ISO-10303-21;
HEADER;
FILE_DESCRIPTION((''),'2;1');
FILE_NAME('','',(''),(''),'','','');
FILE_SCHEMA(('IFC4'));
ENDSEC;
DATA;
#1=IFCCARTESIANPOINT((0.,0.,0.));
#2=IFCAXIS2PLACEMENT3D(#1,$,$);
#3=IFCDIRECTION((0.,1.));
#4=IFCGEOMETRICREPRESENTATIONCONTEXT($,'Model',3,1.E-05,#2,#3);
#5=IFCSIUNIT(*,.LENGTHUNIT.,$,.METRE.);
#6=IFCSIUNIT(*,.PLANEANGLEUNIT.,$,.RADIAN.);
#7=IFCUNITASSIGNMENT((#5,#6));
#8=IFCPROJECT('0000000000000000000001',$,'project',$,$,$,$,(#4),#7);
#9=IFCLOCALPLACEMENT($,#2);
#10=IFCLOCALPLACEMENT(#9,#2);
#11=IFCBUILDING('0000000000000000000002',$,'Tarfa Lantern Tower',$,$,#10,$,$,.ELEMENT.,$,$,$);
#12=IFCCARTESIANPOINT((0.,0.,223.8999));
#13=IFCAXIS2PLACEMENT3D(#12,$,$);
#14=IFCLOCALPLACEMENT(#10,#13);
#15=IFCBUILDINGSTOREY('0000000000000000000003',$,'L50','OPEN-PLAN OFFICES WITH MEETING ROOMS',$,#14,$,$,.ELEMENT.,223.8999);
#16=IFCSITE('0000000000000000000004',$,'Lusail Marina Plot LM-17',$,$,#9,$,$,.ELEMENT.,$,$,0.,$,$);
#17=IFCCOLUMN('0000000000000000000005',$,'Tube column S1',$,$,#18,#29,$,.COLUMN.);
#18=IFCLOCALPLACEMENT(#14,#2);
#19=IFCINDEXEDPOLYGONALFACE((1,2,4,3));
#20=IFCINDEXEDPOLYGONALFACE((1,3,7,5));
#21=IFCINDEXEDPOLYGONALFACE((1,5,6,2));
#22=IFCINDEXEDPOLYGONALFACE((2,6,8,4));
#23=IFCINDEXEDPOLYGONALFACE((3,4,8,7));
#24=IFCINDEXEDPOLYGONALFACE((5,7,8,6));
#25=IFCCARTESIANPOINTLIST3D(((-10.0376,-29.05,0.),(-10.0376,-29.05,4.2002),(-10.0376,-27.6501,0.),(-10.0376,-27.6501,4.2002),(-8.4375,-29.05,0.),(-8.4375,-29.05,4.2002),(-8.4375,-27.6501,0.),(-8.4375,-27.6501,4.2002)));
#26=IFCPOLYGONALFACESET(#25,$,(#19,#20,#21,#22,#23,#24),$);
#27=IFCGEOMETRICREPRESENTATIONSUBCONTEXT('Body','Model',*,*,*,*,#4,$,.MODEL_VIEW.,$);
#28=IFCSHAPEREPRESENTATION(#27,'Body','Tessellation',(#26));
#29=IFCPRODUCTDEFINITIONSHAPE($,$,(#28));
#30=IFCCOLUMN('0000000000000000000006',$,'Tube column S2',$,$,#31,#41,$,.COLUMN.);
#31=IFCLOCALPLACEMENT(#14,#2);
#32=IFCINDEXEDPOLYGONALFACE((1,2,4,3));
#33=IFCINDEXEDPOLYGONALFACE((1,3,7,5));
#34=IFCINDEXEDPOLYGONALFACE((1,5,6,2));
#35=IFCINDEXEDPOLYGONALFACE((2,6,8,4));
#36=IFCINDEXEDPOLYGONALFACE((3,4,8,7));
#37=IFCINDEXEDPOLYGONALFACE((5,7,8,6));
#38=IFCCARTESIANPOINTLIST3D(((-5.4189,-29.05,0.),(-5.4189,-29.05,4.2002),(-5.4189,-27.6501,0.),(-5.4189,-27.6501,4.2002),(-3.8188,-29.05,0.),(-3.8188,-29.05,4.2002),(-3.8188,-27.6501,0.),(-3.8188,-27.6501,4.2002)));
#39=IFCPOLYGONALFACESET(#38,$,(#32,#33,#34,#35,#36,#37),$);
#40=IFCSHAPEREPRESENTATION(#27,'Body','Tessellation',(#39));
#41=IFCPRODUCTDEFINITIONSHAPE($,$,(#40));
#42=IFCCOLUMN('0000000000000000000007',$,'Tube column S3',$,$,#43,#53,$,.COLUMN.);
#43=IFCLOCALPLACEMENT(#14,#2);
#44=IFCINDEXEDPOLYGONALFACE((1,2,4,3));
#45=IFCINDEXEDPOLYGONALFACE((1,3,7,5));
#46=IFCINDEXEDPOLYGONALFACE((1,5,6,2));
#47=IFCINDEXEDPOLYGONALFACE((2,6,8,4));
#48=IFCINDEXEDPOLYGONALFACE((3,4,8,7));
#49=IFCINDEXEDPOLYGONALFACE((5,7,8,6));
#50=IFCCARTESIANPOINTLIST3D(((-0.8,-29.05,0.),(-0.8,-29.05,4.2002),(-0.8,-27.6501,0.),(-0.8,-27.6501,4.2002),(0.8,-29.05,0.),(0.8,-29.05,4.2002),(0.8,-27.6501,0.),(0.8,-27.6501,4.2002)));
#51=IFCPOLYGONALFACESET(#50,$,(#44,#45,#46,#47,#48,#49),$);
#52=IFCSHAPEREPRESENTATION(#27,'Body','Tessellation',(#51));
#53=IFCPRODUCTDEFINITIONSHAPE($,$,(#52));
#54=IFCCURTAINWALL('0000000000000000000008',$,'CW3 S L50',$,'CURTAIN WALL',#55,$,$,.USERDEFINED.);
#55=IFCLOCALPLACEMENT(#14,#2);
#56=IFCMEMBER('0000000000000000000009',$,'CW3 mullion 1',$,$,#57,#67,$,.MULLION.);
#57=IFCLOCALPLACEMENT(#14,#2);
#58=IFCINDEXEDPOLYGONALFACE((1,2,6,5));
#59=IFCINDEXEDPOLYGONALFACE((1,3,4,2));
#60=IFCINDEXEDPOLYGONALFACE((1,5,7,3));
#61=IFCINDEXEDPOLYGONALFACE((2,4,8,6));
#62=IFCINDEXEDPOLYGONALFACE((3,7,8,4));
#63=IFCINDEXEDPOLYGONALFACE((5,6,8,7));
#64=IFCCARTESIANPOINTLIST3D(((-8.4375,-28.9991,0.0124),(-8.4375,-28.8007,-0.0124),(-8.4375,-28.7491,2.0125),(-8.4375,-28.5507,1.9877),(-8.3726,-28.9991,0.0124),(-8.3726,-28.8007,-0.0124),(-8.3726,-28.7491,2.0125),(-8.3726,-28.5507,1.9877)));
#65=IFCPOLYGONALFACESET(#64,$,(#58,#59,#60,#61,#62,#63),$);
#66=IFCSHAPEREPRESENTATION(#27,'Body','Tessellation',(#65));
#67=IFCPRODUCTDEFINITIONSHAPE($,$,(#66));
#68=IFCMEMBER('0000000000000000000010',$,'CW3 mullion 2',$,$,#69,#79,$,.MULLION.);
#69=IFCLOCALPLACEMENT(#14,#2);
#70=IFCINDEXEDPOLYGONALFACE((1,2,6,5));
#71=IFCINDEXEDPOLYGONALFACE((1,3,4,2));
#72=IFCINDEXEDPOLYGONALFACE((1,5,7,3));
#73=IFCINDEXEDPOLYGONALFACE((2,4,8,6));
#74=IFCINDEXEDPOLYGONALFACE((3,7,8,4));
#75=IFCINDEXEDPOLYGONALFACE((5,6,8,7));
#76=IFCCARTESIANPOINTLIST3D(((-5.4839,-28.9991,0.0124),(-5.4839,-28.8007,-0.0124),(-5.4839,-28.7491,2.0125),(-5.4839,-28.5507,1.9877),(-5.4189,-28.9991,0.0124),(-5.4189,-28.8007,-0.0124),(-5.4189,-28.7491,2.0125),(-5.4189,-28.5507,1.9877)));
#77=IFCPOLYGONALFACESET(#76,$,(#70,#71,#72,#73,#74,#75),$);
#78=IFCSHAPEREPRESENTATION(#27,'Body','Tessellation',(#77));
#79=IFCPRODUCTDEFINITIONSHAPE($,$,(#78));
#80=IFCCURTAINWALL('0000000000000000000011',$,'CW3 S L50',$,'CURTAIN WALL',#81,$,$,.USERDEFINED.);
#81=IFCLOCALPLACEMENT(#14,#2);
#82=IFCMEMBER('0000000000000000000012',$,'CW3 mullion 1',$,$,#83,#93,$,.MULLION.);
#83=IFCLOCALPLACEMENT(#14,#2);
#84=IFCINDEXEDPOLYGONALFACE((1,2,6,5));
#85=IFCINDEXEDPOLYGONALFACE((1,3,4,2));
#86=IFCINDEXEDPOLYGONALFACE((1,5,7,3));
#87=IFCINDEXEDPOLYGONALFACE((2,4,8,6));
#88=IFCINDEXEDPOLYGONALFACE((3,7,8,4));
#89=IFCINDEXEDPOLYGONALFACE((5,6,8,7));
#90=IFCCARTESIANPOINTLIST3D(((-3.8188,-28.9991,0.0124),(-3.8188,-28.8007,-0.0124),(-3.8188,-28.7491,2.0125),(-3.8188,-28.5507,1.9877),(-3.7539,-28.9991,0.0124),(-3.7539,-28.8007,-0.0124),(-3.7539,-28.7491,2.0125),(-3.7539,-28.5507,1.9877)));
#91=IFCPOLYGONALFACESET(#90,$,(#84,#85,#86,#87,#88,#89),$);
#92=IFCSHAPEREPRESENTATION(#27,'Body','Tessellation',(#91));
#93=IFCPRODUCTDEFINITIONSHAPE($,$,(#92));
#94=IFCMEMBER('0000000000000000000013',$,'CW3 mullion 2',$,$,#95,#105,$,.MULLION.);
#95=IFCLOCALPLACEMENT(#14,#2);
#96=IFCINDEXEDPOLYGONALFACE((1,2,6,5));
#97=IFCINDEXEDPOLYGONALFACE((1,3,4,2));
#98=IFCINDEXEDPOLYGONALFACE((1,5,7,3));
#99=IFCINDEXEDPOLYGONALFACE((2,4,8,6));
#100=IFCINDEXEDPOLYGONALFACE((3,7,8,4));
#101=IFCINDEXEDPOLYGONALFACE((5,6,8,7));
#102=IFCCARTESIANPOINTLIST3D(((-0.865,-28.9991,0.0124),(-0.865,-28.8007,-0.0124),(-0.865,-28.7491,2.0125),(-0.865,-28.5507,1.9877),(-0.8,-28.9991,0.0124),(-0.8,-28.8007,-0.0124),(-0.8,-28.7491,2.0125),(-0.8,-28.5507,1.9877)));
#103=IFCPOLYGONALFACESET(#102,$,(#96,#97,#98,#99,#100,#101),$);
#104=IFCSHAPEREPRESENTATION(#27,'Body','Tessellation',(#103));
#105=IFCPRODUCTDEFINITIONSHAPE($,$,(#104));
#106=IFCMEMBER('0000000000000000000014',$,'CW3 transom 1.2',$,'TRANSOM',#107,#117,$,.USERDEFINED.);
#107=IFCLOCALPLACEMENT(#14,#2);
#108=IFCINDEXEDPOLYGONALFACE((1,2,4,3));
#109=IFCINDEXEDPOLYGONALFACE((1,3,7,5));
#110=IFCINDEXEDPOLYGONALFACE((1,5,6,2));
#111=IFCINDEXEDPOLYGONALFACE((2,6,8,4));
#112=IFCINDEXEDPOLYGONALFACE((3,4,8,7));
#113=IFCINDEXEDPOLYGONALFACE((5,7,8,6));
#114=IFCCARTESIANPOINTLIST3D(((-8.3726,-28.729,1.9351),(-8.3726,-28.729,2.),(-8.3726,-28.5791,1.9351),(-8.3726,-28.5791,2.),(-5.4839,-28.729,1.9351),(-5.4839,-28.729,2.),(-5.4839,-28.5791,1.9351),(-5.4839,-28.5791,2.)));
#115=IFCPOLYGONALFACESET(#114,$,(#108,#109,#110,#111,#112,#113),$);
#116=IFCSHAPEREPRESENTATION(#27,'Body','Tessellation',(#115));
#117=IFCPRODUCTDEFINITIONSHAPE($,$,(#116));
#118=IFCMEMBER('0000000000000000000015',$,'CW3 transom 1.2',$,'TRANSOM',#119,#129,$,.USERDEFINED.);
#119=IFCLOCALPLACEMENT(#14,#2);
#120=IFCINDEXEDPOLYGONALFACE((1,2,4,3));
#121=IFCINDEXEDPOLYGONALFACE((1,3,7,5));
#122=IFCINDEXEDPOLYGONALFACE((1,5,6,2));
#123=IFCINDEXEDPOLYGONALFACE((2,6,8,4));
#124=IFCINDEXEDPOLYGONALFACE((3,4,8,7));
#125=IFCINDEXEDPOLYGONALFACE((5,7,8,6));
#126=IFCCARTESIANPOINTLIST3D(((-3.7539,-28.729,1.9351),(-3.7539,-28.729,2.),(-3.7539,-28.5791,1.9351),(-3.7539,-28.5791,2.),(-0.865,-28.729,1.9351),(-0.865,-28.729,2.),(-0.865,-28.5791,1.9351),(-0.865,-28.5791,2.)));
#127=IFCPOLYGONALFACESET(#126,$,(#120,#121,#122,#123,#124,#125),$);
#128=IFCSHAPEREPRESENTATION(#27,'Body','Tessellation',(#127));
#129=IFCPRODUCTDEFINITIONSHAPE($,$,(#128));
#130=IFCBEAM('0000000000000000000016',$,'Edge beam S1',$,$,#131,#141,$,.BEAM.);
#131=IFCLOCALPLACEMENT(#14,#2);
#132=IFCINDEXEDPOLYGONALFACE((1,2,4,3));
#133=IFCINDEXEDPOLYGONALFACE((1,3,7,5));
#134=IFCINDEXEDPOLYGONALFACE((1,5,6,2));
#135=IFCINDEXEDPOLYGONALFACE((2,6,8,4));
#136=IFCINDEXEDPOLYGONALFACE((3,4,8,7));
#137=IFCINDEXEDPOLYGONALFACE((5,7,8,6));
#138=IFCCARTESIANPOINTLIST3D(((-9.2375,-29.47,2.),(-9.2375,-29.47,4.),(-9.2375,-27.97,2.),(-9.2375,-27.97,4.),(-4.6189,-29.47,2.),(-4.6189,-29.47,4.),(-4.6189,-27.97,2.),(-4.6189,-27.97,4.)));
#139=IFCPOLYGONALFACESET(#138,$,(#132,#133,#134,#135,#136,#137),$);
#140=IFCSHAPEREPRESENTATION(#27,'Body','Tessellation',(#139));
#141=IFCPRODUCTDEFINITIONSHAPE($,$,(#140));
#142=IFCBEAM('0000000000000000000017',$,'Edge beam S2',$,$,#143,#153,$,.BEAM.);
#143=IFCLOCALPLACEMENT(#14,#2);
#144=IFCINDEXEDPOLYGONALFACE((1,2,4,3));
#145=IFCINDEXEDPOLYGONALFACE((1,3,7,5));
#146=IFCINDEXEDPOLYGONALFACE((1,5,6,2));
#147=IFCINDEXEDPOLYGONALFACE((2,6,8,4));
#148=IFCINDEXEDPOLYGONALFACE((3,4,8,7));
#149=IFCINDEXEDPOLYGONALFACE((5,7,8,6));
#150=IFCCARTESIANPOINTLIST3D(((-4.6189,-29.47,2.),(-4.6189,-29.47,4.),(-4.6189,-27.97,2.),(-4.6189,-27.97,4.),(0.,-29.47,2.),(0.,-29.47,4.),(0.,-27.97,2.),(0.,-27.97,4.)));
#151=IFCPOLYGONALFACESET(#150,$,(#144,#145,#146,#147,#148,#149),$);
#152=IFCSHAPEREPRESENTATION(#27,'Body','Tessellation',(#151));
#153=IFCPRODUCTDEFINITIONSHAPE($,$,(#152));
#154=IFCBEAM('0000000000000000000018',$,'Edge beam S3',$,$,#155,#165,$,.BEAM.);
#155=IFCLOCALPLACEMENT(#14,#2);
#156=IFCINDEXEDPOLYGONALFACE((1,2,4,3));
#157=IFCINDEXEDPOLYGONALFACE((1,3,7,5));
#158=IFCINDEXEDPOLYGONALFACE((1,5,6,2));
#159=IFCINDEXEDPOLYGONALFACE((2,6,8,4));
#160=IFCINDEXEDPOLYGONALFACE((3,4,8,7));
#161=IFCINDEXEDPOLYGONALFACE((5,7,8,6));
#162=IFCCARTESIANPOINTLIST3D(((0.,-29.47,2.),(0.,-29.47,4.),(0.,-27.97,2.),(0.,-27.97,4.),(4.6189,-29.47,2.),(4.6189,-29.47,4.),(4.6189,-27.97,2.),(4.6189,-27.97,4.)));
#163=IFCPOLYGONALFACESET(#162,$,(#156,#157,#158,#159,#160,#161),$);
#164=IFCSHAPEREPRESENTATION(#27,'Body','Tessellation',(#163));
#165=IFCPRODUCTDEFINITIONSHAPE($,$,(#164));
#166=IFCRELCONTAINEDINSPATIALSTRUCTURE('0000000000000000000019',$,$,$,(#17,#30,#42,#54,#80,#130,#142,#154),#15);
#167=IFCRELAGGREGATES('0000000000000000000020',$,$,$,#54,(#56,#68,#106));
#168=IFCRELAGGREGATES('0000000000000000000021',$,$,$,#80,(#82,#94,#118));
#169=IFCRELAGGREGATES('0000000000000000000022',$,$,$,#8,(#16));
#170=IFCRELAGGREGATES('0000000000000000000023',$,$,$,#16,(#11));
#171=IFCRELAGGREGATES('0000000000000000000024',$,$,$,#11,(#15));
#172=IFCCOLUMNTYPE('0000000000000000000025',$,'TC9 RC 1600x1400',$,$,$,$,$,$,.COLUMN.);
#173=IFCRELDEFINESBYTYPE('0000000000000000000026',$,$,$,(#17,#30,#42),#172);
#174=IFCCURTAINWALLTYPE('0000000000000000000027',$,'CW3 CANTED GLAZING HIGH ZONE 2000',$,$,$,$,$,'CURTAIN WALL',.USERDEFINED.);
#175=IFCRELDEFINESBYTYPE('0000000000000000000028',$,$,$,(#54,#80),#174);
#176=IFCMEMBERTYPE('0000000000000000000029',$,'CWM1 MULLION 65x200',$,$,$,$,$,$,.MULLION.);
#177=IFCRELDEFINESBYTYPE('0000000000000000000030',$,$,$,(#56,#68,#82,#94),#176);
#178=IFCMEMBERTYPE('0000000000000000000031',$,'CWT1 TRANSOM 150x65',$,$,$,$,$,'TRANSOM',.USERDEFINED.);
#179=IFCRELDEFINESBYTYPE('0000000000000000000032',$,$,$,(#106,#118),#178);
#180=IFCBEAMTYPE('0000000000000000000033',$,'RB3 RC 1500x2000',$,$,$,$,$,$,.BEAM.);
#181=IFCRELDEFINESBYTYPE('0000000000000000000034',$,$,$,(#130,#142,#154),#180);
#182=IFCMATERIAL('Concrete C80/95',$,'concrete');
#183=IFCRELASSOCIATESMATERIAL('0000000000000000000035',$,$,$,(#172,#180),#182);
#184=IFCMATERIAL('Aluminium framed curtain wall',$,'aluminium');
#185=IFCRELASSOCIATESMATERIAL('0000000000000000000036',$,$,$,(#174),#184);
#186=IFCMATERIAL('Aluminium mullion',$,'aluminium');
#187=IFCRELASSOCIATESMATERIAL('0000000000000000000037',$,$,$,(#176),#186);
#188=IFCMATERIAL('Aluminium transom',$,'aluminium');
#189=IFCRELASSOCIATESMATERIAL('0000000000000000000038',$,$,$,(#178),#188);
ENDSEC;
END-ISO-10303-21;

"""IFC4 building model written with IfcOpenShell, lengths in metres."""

from ifc_helpers import new_model, si_unit, direction, frame, origin, origin_2d, place, context, subcontext, project, spatial, rectangle, extrude, material, material_profile, profile_set, type_object, element, aggregate, save


model = new_model("IFC4")

# Units and contexts
model_context = context("Model", 3, precision=1e-05, world=origin(), true_north=direction((0.0, 1.0)))
body_context = subcontext(model_context, "Body", "Model", "MODEL_VIEW")
ifc_project = project(units=[si_unit("LENGTHUNIT", "METRE"), si_unit("PLANEANGLEUNIT", "RADIAN")], contexts=[model_context])

# Site, building, storey
site_placement = place(None, origin())
site = spatial("IfcSite", under=ifc_project, at=site_placement, Name="Lusail Marina Plot LM-17", CompositionType="ELEMENT", RefElevation=0.0)
building_placement = place(site_placement, origin())
building = spatial("IfcBuilding", under=site, at=building_placement, Name="Tarfa Lantern Tower", CompositionType="ELEMENT")
storey_placement = place(building_placement, frame((0.0, 0.0, 223.8999)))
storey = spatial("IfcBuildingStorey", under=building, at=storey_placement, Name="L50", Description="OPEN-PLAN OFFICES WITH MEETING ROOMS", CompositionType="ELEMENT", Elevation=223.8999)

# Columns
ifc_material_1 = material(Name="Concrete C80/95", Category="concrete")
ifc_material_profile_1 = material_profile(ifc_material_1, rectangle(XDim=1.6001, YDim=1.3999, at=origin_2d()), Name="RC 1600x1400")
ifc_profile_set_1 = profile_set([ifc_material_profile_1], Name="Concrete C80/95")
column_type = type_object("IfcColumnType", Name="TC9 RC 1600x1400", PredefinedType="COLUMN", material=ifc_profile_set_1)
for number, where, z_axis, x_axis, name in (
    (1, (-9.2375, -28.3501, 0.0), (0.0, 0.0, 1.0), (1.0, 0.0, 0.0), "Tube column S1"),
    (2, (-4.6189, -28.3501, 0.0), (0.0, 0.0, 1.0), (1.0, 0.0, 0.0), "Tube column S2"),
    (3, (0.0, -28.3501, 0.0), (0.0, 0.0, 1.0), (1.0, 0.0, 0.0), "Tube column S3"),
):
    element("IfcColumn", number, at=place(storey_placement, frame(where, z_axis=z_axis, x_axis=x_axis)), inside=storey, type_object=column_type, Name=name, PredefinedType="COLUMN", context=body_context, shape_type="SweptSolid", body=[
        extrude(rectangle(XDim=1.6001, YDim=1.3999, at=origin_2d()), origin(), (0.0, 0.0, 1.0), 4.2002),
    ])

# Curtain walls, members
ifc_material_2 = material(Name="Aluminium framed curtain wall", Category="aluminium")
curtain_wall_type = type_object("IfcCurtainWallType", Name="CW3 CANTED GLAZING HIGH ZONE 2000", ElementType="CURTAIN WALL", PredefinedType="USERDEFINED", material=ifc_material_2)
curtain_wall_1_placement = place(storey_placement, origin())
curtain_wall_1 = element("IfcCurtainWall", 4, at=curtain_wall_1_placement, inside=storey, type_object=curtain_wall_type, Name="CW3 S L50", ObjectType="CURTAIN WALL", PredefinedType="USERDEFINED")
ifc_material_3 = material(Name="Aluminium mullion", Category="aluminium")
ifc_material_profile_2 = material_profile(ifc_material_3, rectangle(XDim=0.0649, YDim=0.2, at=origin_2d()), Name="AL MULLION 65x200")
ifc_profile_set_2 = profile_set([ifc_material_profile_2], Name="Aluminium mullion")
member_type_1 = type_object("IfcMemberType", Name="CWM1 MULLION 65x200", PredefinedType="MULLION", material=ifc_profile_set_2)
member_1_placement = place(storey_placement, frame((-8.405, -28.8999, 0.0), z_axis=(0.0, 0.124035, 0.992278), x_axis=(-1.0, 0.0, 0.0)))
member_1 = element("IfcMember", 5, at=member_1_placement, type_object=member_type_1, Name="CW3 mullion 1", PredefinedType="MULLION", context=body_context, shape_type="SweptSolid", body=[
    extrude(rectangle(XDim=0.0649, YDim=0.2, at=origin_2d()), origin(), (0.0, 0.0, 1.0), 2.0156),
])
member_2_placement = place(storey_placement, frame((-5.4514, -28.8999, 0.0), z_axis=(0.0, 0.124035, 0.992278), x_axis=(-1.0, 0.0, 0.0)))
member_2 = element("IfcMember", 6, at=member_2_placement, type_object=member_type_1, Name="CW3 mullion 2", PredefinedType="MULLION", context=body_context, shape_type="SweptSolid", body=[
    extrude(rectangle(XDim=0.0649, YDim=0.2, at=origin_2d()), origin(), (0.0, 0.0, 1.0), 2.0156),
])
curtain_wall_2_placement = place(storey_placement, origin())
curtain_wall_2 = element("IfcCurtainWall", 7, at=curtain_wall_2_placement, inside=storey, type_object=curtain_wall_type, Name="CW3 S L50", ObjectType="CURTAIN WALL", PredefinedType="USERDEFINED")
member_3_placement = place(storey_placement, frame((-3.7864, -28.8999, 0.0), z_axis=(0.0, 0.124035, 0.992278), x_axis=(-1.0, 0.0, 0.0)))
member_3 = element("IfcMember", 8, at=member_3_placement, type_object=member_type_1, Name="CW3 mullion 1", PredefinedType="MULLION", context=body_context, shape_type="SweptSolid", body=[
    extrude(rectangle(XDim=0.0649, YDim=0.2, at=origin_2d()), origin(), (0.0, 0.0, 1.0), 2.0156),
])
member_4_placement = place(storey_placement, frame((-0.8325, -28.8999, 0.0), z_axis=(0.0, 0.124035, 0.992278), x_axis=(-1.0, 0.0, 0.0)))
member_4 = element("IfcMember", 9, at=member_4_placement, type_object=member_type_1, Name="CW3 mullion 2", PredefinedType="MULLION", context=body_context, shape_type="SweptSolid", body=[
    extrude(rectangle(XDim=0.0649, YDim=0.2, at=origin_2d()), origin(), (0.0, 0.0, 1.0), 2.0156),
])

# Members
ifc_material_4 = material(Name="Aluminium transom", Category="aluminium")
ifc_material_profile_3 = material_profile(ifc_material_4, rectangle(XDim=0.1499, YDim=0.0649, at=origin_2d()), Name="AL TRANSOM 150x65")
ifc_profile_set_3 = profile_set([ifc_material_profile_3], Name="Aluminium transom")
member_type_2 = type_object("IfcMemberType", Name="CWT1 TRANSOM 150x65", ElementType="TRANSOM", PredefinedType="USERDEFINED", material=ifc_profile_set_3)
member_5_placement = place(storey_placement, frame((-8.3726, -28.6541, 1.9675), z_axis=(1.0, 0.0, 0.0), x_axis=(0.0, 1.0, 0.0)))
member_5 = element("IfcMember", 10, at=member_5_placement, type_object=member_type_2, Name="CW3 transom 1.2", ObjectType="TRANSOM", PredefinedType="USERDEFINED", context=body_context, shape_type="SweptSolid", body=[
    extrude(rectangle(XDim=0.1499, YDim=0.0649, at=origin_2d()), origin(), (0.0, 0.0, 1.0), 2.8887),
])
member_6_placement = place(storey_placement, frame((-3.7539, -28.6541, 1.9675), z_axis=(1.0, 0.0, 0.0), x_axis=(0.0, 1.0, 0.0)))
member_6 = element("IfcMember", 11, at=member_6_placement, type_object=member_type_2, Name="CW3 transom 1.2", ObjectType="TRANSOM", PredefinedType="USERDEFINED", context=body_context, shape_type="SweptSolid", body=[
    extrude(rectangle(XDim=0.1499, YDim=0.0649, at=origin_2d()), origin(), (0.0, 0.0, 1.0), 2.8889),
])

# Beams
ifc_material_profile_4 = material_profile(ifc_material_1, rectangle(XDim=1.5, YDim=2.0, at=origin_2d()), Name="RC 1500x2000")
ifc_profile_set_4 = profile_set([ifc_material_profile_4], Name="Concrete C80/95")
beam_type_1 = type_object("IfcBeamType", Name="RB3 RC 1500x2000", PredefinedType="BEAM", material=ifc_profile_set_4)
beam_placement = place(storey_placement, frame((-9.2375, -28.72, 3.0), z_axis=(1.0, 0.0, 0.0), x_axis=(0.0, 1.0, 0.0)))
element("IfcBeam", 12, at=beam_placement, inside=storey, type_object=beam_type_1, Name="Edge beam S1", PredefinedType="BEAM", context=body_context, shape_type="SweptSolid", body=[
    extrude(rectangle(XDim=1.5, YDim=2.0, at=origin_2d()), origin(), (0.0, 0.0, 1.0), 4.6187),
])
for number, where, z_axis, x_axis, name in (
    (13, (-4.6189, -28.72, 3.0), (1.0, 0.0, 0.0), (0.0, 1.0, 0.0), "Edge beam S2"),
    (14, (0.0, -28.72, 3.0), (1.0, 0.0, 0.0), (0.0, 1.0, 0.0), "Edge beam S3"),
):
    element("IfcBeam", number, at=place(storey_placement, frame(where, z_axis=z_axis, x_axis=x_axis)), inside=storey, type_object=beam_type_1, Name=name, PredefinedType="BEAM", context=body_context, shape_type="SweptSolid", body=[
        extrude(rectangle(XDim=1.5, YDim=2.0, at=origin_2d()), origin(), (0.0, 0.0, 1.0), 4.6189),
    ])

aggregate(curtain_wall_1, [member_1, member_2, member_5])
aggregate(curtain_wall_2, [member_3, member_4, member_6])

save(model, "model.ifc")
